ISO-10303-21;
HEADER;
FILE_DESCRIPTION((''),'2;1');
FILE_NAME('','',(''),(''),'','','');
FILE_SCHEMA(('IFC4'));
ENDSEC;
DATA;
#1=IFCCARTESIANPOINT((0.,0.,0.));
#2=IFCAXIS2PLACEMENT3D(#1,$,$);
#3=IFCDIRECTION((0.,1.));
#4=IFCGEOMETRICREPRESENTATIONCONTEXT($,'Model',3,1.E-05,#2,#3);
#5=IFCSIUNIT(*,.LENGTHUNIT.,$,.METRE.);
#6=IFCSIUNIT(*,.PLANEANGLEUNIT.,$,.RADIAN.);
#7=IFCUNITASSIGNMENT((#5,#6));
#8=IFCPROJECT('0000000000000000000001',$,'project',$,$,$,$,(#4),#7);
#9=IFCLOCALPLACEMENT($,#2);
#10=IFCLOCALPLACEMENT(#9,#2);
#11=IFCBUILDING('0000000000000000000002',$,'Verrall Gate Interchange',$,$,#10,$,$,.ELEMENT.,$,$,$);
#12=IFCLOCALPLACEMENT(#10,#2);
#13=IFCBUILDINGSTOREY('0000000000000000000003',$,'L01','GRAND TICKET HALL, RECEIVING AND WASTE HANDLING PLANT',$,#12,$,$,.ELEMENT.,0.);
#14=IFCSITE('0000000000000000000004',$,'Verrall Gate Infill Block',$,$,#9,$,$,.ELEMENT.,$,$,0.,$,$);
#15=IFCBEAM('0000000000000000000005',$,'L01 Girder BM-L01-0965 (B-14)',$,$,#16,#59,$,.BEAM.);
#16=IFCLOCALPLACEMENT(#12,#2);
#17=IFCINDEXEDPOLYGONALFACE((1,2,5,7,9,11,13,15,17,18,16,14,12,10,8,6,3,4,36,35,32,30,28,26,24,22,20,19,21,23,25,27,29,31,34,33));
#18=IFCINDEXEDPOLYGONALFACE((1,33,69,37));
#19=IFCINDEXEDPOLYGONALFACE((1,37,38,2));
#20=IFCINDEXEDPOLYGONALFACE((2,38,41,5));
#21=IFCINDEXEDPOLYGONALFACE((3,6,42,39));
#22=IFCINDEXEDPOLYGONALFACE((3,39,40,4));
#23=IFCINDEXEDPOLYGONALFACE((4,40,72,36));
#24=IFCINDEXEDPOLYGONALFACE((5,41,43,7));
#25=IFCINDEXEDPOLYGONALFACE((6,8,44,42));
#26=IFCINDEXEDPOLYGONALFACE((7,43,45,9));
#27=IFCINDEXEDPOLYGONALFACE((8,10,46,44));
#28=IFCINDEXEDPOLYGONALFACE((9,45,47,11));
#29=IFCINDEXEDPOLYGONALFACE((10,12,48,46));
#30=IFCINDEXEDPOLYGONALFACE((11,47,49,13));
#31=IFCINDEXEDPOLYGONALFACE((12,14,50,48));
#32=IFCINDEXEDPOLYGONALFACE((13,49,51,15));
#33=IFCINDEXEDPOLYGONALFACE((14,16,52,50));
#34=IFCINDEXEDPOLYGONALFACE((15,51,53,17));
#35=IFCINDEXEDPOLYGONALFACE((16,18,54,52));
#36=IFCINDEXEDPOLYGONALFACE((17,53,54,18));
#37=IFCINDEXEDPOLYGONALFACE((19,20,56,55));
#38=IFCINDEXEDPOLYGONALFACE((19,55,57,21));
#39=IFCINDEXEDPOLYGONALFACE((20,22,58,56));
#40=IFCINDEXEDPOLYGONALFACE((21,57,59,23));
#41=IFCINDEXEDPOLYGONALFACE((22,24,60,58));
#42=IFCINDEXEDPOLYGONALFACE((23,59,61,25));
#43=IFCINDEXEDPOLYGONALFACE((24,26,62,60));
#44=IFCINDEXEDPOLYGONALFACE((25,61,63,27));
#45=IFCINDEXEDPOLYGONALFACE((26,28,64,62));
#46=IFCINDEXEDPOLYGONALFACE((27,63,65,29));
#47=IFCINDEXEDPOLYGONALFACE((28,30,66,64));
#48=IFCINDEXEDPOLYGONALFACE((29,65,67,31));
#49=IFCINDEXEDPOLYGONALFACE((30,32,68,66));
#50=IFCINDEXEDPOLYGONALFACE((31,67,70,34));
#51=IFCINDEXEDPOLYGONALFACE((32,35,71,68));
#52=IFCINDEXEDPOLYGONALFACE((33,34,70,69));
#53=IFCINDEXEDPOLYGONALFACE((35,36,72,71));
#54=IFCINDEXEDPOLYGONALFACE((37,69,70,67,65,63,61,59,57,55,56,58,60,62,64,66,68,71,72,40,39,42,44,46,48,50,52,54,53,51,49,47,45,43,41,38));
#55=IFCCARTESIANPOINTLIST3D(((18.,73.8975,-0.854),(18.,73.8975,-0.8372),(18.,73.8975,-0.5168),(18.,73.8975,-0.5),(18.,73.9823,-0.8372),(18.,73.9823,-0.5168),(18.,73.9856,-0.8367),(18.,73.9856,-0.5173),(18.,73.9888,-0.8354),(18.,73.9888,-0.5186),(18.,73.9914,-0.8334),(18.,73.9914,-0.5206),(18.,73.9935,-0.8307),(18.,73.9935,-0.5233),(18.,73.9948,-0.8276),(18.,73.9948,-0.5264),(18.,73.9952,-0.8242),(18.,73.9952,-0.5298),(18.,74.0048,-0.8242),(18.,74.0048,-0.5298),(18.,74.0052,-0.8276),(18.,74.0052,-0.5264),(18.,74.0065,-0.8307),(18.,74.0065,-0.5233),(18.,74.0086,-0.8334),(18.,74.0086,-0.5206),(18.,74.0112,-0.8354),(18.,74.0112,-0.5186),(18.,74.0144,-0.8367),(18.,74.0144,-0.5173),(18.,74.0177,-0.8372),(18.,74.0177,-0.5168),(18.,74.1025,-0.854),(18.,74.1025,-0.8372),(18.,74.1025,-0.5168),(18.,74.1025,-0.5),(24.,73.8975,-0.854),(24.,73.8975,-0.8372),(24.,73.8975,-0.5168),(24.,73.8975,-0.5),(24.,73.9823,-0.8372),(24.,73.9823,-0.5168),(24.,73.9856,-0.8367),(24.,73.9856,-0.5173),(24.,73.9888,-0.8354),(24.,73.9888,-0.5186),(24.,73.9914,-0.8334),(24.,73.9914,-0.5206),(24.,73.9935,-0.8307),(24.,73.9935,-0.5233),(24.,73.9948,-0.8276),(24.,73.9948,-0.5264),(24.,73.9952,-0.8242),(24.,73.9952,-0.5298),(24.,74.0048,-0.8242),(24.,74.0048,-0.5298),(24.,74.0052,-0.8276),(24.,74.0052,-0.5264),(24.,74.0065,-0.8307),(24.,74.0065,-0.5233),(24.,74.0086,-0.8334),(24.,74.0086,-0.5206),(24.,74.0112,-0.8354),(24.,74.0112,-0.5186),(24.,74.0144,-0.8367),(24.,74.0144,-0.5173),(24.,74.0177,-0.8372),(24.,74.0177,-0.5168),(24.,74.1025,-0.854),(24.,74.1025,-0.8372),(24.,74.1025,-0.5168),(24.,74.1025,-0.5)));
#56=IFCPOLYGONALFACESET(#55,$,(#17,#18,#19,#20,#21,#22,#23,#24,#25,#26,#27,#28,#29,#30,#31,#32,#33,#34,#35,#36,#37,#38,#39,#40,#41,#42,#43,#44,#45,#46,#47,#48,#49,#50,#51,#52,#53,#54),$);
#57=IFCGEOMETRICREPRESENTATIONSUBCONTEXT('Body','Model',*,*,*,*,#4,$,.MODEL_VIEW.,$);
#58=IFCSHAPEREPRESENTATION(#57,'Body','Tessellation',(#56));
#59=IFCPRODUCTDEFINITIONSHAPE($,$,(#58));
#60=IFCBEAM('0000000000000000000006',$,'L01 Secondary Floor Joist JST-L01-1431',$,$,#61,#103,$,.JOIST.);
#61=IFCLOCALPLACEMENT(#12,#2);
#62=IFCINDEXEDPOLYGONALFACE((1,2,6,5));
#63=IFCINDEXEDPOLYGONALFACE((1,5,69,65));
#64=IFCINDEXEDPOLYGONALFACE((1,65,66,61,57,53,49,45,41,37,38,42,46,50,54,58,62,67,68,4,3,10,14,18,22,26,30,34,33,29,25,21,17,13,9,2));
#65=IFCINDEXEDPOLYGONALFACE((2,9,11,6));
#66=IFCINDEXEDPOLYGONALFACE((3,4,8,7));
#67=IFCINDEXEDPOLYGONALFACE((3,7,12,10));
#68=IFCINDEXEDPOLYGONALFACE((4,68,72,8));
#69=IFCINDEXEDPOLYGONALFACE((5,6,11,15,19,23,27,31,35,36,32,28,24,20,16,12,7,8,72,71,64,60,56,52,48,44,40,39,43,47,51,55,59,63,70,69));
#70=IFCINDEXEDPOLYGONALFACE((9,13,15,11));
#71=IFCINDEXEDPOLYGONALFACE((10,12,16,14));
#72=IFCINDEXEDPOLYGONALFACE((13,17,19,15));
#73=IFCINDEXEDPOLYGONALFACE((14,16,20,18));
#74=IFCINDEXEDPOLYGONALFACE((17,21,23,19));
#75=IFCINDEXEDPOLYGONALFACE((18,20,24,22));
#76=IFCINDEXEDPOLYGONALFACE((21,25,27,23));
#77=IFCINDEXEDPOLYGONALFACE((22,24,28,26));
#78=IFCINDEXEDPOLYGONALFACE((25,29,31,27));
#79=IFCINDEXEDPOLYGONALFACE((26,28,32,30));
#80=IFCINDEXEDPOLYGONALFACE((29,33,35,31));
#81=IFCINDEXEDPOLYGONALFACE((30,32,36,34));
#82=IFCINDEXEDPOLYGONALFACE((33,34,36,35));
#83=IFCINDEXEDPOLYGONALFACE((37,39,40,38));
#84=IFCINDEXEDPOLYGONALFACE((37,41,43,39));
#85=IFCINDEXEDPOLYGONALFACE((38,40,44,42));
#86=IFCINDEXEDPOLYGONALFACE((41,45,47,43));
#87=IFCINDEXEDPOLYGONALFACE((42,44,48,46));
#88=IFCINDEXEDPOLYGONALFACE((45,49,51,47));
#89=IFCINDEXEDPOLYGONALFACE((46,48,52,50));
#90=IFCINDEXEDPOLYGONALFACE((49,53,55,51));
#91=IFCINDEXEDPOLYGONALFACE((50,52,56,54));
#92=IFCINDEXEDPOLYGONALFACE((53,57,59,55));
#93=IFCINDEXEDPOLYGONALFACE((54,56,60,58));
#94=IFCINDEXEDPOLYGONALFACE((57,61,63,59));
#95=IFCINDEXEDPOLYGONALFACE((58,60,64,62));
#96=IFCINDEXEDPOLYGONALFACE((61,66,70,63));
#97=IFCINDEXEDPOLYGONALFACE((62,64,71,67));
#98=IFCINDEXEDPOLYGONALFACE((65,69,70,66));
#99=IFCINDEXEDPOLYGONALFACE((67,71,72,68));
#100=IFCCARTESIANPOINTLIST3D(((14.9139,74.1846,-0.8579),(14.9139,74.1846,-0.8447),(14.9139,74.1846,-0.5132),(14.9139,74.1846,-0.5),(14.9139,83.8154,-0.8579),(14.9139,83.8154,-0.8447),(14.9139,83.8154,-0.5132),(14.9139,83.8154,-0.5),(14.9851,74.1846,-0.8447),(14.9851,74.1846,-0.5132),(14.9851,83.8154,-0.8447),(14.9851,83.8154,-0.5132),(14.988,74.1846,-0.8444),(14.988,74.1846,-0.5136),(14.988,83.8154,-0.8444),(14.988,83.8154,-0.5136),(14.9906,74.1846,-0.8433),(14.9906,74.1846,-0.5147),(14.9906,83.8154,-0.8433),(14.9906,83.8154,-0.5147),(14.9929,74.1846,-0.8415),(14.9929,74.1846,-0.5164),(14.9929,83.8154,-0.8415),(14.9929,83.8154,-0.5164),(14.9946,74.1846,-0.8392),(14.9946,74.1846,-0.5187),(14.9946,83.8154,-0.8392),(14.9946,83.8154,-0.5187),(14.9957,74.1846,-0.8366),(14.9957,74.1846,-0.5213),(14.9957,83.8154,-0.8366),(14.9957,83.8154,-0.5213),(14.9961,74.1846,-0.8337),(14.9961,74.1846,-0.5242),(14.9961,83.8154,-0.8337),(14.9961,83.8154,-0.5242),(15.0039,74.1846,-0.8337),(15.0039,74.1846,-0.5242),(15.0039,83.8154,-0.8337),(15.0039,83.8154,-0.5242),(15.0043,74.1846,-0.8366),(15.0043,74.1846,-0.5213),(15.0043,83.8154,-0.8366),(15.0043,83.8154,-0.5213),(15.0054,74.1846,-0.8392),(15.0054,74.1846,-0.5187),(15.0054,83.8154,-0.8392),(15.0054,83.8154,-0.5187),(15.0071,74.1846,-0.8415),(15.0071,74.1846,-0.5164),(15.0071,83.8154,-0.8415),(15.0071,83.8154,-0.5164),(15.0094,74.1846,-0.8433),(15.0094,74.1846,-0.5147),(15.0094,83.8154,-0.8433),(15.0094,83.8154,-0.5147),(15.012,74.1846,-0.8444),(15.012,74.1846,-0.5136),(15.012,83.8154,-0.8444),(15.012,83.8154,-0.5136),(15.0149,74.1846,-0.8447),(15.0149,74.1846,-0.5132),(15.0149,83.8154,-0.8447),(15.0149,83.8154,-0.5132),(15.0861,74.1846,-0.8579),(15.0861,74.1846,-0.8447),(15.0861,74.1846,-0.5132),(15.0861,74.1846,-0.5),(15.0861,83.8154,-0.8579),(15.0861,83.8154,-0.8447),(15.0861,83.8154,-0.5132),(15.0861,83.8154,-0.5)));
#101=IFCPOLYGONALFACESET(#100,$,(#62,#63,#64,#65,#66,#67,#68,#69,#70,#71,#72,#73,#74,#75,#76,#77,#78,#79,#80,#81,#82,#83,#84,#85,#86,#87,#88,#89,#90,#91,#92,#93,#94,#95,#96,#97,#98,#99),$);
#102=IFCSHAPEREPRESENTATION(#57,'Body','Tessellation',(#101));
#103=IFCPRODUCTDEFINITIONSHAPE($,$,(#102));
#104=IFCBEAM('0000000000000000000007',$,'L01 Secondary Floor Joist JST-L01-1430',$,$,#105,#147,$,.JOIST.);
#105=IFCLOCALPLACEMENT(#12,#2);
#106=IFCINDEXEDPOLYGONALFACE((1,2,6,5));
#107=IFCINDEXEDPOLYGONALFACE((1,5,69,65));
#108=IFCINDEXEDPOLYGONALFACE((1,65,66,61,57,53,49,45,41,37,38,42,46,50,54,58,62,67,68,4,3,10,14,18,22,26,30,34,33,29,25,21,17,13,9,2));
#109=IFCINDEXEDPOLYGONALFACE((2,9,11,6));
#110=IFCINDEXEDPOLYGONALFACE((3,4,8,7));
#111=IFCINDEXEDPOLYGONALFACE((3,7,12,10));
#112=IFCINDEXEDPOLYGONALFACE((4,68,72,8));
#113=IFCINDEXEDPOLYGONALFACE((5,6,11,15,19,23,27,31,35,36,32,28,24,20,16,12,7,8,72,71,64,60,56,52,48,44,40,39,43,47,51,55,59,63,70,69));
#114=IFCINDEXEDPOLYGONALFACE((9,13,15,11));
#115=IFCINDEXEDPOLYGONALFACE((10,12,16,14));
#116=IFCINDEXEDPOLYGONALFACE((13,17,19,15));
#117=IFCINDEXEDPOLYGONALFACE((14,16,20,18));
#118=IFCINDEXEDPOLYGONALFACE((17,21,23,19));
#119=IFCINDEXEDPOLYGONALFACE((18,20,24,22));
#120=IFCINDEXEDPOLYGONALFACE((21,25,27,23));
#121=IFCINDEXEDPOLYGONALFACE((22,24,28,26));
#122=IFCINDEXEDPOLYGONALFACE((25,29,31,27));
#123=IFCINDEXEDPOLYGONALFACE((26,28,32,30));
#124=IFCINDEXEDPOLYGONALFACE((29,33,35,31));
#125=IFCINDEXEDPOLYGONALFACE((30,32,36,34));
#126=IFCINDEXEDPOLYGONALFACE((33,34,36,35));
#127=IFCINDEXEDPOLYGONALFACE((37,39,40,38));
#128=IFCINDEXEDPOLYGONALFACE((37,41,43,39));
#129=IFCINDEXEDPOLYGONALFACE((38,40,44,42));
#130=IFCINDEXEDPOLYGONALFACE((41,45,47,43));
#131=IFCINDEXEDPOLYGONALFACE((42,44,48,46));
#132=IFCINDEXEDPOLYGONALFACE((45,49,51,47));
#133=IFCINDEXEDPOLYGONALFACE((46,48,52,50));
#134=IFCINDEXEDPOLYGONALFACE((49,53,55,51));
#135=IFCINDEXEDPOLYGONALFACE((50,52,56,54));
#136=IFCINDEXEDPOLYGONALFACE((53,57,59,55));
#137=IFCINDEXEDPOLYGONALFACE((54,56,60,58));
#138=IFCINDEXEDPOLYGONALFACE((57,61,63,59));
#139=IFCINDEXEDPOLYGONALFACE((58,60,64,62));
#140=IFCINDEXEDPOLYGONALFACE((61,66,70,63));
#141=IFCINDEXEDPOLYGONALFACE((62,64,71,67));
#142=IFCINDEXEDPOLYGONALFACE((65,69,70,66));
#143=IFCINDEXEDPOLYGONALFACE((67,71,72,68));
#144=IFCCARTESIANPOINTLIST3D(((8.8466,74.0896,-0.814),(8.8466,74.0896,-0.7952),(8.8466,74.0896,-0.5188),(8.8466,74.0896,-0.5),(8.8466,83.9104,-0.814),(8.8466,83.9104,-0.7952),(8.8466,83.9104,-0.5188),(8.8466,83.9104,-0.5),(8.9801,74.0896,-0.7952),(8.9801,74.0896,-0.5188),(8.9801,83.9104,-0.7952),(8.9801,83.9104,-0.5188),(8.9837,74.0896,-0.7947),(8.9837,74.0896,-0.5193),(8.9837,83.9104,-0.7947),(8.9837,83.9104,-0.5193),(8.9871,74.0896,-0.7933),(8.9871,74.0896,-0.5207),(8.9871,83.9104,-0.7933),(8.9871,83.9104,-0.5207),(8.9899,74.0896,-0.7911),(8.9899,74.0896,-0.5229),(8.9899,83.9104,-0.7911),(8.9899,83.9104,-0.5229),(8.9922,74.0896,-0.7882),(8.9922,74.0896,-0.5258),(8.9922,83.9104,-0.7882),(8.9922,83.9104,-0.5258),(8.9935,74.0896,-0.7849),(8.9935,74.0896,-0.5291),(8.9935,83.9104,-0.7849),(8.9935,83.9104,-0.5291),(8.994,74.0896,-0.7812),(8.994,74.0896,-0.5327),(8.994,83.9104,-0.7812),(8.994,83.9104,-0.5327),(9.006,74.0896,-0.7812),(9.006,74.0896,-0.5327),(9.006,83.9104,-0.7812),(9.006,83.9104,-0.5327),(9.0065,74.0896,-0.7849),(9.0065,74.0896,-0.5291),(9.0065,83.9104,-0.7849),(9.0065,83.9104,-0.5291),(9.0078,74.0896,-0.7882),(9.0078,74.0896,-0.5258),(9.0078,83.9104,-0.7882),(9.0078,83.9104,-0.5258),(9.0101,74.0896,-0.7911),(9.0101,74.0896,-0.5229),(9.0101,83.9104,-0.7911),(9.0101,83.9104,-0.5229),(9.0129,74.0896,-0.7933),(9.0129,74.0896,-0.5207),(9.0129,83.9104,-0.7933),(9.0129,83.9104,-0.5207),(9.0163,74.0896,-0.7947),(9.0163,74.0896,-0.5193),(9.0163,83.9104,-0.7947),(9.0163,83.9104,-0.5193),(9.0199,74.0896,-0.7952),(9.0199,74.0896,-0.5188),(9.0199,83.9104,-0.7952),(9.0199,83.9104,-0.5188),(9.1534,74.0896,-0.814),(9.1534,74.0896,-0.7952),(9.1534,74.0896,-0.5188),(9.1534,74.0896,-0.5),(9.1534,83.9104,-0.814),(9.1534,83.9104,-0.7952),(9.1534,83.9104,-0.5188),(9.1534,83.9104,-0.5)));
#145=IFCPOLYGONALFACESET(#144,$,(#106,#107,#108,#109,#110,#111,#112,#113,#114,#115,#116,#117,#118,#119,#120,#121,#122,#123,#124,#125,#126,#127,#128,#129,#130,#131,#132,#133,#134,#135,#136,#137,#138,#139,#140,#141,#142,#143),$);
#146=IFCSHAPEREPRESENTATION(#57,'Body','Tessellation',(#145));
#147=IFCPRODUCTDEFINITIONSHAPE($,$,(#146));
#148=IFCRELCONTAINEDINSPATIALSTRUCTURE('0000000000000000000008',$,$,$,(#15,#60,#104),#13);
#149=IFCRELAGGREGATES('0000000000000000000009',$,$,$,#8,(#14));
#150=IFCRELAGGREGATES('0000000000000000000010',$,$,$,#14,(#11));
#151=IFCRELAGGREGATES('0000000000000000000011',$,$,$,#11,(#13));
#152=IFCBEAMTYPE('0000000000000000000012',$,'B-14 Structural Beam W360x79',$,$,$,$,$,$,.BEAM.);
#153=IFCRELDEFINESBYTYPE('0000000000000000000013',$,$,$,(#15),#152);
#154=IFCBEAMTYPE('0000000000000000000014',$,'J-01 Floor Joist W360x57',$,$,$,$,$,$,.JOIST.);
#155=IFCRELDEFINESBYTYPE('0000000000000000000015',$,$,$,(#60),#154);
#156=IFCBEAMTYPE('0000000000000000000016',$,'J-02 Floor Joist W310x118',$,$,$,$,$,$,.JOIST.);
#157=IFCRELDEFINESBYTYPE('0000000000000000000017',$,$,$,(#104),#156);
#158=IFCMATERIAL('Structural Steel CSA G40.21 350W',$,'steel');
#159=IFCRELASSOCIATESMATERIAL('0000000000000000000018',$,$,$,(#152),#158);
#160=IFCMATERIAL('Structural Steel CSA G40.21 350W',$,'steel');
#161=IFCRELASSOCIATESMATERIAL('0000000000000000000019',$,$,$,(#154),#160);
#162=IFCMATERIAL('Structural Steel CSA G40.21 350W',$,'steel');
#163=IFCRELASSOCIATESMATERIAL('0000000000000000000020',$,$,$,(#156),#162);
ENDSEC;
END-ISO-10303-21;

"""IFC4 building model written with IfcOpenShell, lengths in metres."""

from ifc_helpers import new_model, si_unit, direction, frame, origin, origin_2d, place, context, subcontext, project, spatial, i_section, extrude, material, material_profile, profile_set, type_object, element, save


model = new_model("IFC4")

# Units and contexts
model_context = context("Model", 3, precision=1e-05, world=origin(), true_north=direction((0.0, 1.0)))
body_context = subcontext(model_context, "Body", "Model", "MODEL_VIEW")
ifc_project = project(units=[si_unit("LENGTHUNIT", "METRE"), si_unit("PLANEANGLEUNIT", "RADIAN")], contexts=[model_context])

# Site, building, storey
site_placement = place(None, origin())
site = spatial("IfcSite", under=ifc_project, at=site_placement, Name="Verrall Gate Infill Block", CompositionType="ELEMENT", RefElevation=0.0)
building_placement = place(site_placement, origin())
building = spatial("IfcBuilding", under=site, at=building_placement, Name="Verrall Gate Interchange", CompositionType="ELEMENT")
storey_placement = place(building_placement, origin())
storey = spatial("IfcBuildingStorey", under=building, at=storey_placement, Name="L01", Description="GRAND TICKET HALL, RECEIVING AND WASTE HANDLING PLANT", CompositionType="ELEMENT", Elevation=0.0)

# Beams
ifc_material_1 = material(Name="Structural Steel CSA G40.21 350W", Category="steel")
ifc_material_profile_1 = material_profile(ifc_material_1, i_section(OverallWidth=0.2051, OverallDepth=0.354, WebThickness=0.0095, FlangeThickness=0.0168, FilletRadius=0.0129, at=origin_2d()), Name="W360x79")
ifc_profile_set_1 = profile_set([ifc_material_profile_1], Name="Structural Steel CSA G40.21 350W")
beam_type_1 = type_object("IfcBeamType", Name="B-14 Structural Beam W360x79", PredefinedType="BEAM", material=ifc_profile_set_1)
beam_1_placement = place(storey_placement, frame((18.0, 74.0, -0.677), z_axis=(1.0, 0.0, 0.0), x_axis=(0.0, 1.0, 0.0)))
element("IfcBeam", 1, at=beam_1_placement, inside=storey, type_object=beam_type_1, Name="L01 Girder BM-L01-0965 (B-14)", PredefinedType="BEAM", context=body_context, shape_type="SweptSolid", body=[
    extrude(i_section(OverallWidth=0.2051, OverallDepth=0.354, WebThickness=0.0095, FlangeThickness=0.0168, FilletRadius=0.0129, at=origin_2d()), origin(), (0.0, 0.0, 1.0), 6.0),
])
ifc_material_2 = material(Name="Structural Steel CSA G40.21 350W", Category="steel")
ifc_material_profile_2 = material_profile(ifc_material_2, i_section(OverallWidth=0.1721, OverallDepth=0.3579, WebThickness=0.0078, FlangeThickness=0.0132, FilletRadius=0.011, at=origin_2d()), Name="W360x57")
ifc_profile_set_2 = profile_set([ifc_material_profile_2], Name="Structural Steel CSA G40.21 350W")
beam_type_2 = type_object("IfcBeamType", Name="J-01 Floor Joist W360x57", PredefinedType="JOIST", material=ifc_profile_set_2)
beam_2_placement = place(storey_placement, frame((15.0, 74.1846, -0.679), z_axis=(0.0, 1.0, 0.0), x_axis=(-1.0, 0.0, 0.0)))
element("IfcBeam", 2, at=beam_2_placement, inside=storey, type_object=beam_type_2, Name="L01 Secondary Floor Joist JST-L01-1431", PredefinedType="JOIST", context=body_context, shape_type="SweptSolid", body=[
    extrude(i_section(OverallWidth=0.1721, OverallDepth=0.3579, WebThickness=0.0078, FlangeThickness=0.0132, FilletRadius=0.011, at=origin_2d()), origin(), (0.0, 0.0, 1.0), 9.6309),
])
ifc_material_3 = material(Name="Structural Steel CSA G40.21 350W", Category="steel")
ifc_material_profile_3 = material_profile(ifc_material_3, i_section(OverallWidth=0.3069, OverallDepth=0.314, WebThickness=0.012, FlangeThickness=0.0188, FilletRadius=0.0139, at=origin_2d()), Name="W310x118")
ifc_profile_set_3 = profile_set([ifc_material_profile_3], Name="Structural Steel CSA G40.21 350W")
beam_type_3 = type_object("IfcBeamType", Name="J-02 Floor Joist W310x118", PredefinedType="JOIST", material=ifc_profile_set_3)
beam_3_placement = place(storey_placement, frame((9.0, 74.0896, -0.657), z_axis=(0.0, 1.0, 0.0), x_axis=(-1.0, 0.0, 0.0)))
element("IfcBeam", 3, at=beam_3_placement, inside=storey, type_object=beam_type_3, Name="L01 Secondary Floor Joist JST-L01-1430", PredefinedType="JOIST", context=body_context, shape_type="SweptSolid", body=[
    extrude(i_section(OverallWidth=0.3069, OverallDepth=0.314, WebThickness=0.012, FlangeThickness=0.0188, FilletRadius=0.0139, at=origin_2d()), origin(), (0.0, 0.0, 1.0), 9.8208),
])

save(model, "model.ifc")
